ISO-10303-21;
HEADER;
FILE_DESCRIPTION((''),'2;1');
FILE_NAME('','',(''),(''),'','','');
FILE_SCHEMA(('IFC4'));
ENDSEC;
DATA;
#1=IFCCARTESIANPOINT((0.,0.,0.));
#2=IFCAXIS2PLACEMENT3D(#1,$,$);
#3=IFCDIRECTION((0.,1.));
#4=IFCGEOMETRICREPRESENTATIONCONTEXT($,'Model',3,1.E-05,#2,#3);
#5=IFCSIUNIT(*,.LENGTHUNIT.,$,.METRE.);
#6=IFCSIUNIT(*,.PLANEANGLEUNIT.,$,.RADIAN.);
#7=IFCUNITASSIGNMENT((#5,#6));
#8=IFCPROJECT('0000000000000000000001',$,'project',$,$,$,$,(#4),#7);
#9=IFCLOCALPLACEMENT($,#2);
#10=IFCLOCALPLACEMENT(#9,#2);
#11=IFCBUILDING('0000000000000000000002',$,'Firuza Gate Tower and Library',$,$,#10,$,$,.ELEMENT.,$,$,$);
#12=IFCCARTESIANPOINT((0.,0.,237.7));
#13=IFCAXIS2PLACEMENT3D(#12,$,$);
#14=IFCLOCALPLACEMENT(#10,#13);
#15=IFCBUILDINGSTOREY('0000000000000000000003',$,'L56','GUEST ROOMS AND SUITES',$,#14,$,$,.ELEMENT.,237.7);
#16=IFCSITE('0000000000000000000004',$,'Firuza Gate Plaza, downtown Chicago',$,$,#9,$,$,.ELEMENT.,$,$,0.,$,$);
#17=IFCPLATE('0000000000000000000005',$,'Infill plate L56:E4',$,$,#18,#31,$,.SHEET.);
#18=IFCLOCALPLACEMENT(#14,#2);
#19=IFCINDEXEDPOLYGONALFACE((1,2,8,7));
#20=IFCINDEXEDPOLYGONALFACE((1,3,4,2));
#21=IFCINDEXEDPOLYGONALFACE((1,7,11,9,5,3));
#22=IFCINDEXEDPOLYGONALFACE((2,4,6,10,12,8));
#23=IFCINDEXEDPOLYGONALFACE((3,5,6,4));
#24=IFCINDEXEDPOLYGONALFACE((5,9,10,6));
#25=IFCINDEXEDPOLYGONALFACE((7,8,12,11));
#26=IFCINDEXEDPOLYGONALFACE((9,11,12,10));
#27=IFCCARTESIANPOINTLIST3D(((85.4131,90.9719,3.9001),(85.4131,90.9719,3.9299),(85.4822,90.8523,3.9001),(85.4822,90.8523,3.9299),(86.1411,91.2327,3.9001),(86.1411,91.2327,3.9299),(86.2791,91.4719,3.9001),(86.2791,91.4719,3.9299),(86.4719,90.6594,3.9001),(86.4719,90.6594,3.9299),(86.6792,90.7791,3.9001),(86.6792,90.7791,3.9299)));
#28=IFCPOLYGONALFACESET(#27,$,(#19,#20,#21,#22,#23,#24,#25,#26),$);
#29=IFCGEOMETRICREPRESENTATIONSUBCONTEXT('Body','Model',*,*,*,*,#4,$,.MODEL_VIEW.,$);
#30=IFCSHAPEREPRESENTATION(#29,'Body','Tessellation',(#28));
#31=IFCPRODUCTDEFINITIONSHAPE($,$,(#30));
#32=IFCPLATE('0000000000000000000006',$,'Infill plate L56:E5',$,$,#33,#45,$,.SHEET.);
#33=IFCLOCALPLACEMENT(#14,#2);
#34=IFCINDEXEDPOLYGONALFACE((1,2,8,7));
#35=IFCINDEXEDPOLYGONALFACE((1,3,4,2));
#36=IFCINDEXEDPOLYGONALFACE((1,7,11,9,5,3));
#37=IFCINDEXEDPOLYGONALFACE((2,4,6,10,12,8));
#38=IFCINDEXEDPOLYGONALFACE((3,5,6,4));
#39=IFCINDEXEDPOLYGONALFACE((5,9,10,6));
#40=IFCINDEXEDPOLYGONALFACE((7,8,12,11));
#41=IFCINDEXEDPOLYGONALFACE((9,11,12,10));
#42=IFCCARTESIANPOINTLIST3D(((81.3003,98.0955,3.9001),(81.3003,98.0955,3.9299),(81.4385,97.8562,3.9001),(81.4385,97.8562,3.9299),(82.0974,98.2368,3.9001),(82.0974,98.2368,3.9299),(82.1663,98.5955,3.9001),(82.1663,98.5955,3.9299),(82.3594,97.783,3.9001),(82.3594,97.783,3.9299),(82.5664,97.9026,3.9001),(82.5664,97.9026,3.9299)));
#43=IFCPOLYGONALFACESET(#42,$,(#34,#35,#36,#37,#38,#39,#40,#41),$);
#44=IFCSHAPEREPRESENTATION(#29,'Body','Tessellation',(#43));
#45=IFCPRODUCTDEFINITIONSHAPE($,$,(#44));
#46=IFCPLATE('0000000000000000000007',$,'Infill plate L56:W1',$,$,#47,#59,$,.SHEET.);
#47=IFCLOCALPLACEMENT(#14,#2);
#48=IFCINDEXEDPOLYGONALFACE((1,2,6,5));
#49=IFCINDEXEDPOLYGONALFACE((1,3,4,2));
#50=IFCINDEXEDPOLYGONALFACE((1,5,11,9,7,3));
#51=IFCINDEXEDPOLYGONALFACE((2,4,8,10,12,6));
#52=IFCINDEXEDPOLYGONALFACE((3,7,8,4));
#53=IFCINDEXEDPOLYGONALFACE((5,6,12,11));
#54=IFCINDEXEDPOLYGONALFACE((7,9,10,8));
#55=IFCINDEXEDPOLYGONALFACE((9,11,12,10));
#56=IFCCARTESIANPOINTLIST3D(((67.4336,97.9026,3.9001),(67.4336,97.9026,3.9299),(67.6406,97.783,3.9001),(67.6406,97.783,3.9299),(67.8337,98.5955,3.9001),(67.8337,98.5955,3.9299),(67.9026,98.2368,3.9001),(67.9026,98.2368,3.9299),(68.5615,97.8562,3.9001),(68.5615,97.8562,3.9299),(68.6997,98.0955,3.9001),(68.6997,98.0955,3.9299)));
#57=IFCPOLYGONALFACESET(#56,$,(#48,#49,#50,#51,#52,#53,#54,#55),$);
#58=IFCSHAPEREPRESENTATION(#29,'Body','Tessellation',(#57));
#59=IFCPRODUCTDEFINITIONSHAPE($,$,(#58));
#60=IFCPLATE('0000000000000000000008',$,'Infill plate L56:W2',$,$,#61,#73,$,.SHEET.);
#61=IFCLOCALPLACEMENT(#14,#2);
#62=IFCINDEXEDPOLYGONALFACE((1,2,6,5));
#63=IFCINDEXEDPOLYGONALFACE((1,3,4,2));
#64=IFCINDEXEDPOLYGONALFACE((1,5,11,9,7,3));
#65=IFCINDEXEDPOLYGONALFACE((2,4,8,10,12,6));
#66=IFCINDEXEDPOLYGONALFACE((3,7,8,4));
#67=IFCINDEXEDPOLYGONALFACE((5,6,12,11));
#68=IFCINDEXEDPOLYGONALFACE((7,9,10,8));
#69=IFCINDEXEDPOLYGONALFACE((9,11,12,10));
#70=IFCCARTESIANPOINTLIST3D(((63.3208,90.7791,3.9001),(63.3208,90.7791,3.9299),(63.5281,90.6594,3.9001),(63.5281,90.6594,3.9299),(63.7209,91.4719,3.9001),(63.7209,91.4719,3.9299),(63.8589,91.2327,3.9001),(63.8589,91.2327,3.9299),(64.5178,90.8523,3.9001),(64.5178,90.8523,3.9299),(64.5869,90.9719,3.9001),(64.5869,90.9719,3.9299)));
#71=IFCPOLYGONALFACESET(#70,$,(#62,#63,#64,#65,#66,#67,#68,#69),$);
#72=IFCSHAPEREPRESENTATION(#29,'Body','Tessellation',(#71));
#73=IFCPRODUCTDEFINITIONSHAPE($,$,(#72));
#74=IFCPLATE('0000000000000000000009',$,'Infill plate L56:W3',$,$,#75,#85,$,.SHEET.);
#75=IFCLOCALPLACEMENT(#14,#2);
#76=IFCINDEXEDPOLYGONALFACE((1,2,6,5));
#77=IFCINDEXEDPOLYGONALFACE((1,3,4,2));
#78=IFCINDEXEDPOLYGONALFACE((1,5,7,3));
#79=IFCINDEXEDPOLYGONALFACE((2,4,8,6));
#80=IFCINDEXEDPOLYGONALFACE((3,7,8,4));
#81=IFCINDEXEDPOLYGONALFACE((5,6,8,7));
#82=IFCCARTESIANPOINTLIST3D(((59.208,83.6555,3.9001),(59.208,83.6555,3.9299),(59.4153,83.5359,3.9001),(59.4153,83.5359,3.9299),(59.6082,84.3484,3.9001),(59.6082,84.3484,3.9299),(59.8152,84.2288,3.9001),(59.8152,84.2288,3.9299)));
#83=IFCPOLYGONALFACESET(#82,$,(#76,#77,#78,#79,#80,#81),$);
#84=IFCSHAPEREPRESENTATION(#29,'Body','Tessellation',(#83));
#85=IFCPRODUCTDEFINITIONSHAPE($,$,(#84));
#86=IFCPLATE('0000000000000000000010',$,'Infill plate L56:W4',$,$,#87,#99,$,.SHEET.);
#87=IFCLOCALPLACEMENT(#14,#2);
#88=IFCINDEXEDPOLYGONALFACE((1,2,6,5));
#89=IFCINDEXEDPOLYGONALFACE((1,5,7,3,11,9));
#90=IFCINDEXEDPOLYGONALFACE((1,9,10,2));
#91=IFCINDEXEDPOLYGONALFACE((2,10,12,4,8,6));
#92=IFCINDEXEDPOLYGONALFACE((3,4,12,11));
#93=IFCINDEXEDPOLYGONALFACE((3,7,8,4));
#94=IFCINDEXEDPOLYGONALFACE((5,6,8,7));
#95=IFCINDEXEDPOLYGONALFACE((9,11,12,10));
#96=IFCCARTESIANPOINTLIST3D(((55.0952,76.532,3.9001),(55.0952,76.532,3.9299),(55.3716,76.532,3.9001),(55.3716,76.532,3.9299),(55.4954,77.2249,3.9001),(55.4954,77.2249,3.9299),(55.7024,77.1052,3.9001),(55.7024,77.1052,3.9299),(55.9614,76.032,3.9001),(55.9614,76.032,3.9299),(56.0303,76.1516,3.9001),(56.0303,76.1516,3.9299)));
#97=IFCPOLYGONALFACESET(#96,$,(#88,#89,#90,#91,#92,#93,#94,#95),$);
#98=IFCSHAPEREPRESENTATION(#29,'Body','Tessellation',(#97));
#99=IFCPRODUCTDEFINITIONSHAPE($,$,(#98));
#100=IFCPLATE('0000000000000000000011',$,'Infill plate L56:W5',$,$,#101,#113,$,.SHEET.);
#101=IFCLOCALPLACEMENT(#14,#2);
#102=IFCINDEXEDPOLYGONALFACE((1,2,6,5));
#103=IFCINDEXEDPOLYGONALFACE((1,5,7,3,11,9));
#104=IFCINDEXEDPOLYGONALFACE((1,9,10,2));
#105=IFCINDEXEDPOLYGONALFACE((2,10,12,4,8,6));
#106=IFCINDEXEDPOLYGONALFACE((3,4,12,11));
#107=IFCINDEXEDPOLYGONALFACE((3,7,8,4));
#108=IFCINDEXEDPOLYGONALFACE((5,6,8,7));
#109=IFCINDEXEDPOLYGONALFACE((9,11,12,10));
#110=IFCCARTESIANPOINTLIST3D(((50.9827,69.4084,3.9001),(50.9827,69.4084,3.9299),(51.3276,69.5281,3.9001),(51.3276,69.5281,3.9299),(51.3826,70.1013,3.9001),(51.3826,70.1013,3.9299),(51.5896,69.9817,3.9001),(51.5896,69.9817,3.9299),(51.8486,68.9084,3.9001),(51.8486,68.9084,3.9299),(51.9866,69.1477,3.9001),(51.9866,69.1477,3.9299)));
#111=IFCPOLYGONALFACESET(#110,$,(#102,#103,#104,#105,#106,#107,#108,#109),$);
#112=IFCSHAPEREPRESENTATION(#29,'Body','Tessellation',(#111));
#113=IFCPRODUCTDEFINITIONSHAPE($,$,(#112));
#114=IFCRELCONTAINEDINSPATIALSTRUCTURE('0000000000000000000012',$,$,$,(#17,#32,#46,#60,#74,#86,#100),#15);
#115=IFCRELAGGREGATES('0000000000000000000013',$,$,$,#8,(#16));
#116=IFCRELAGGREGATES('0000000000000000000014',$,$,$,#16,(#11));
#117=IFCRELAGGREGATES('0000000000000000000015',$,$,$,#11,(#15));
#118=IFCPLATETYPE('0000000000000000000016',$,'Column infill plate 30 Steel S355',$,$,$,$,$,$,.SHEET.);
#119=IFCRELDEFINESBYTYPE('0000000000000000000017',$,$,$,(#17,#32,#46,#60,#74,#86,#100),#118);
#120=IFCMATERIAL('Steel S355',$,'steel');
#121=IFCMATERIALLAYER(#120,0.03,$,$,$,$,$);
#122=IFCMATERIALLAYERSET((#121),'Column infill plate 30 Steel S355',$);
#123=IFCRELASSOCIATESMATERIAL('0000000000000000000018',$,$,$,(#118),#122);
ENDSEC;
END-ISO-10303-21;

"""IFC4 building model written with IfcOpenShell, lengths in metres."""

from ifc_helpers import new_model, si_unit, direction, frame, origin, place, context, subcontext, project, spatial, polyline, outline, extrude, material, layer, layer_set, type_object, element, save


model = new_model("IFC4")

# Units and contexts
model_context = context("Model", 3, precision=1e-05, world=origin(), true_north=direction((0.0, 1.0)))
body_context = subcontext(model_context, "Body", "Model", "MODEL_VIEW")
ifc_project = project(units=[si_unit("LENGTHUNIT", "METRE"), si_unit("PLANEANGLEUNIT", "RADIAN")], contexts=[model_context])

# Site, building, storey
site_placement = place(None, origin())
site = spatial("IfcSite", under=ifc_project, at=site_placement, Name="Firuza Gate Plaza, downtown Chicago", CompositionType="ELEMENT", RefElevation=0.0)
building_placement = place(site_placement, origin())
building = spatial("IfcBuilding", under=site, at=building_placement, Name="Firuza Gate Tower and Library", CompositionType="ELEMENT")
storey_placement = place(building_placement, frame((0.0, 0.0, 237.7)))
storey = spatial("IfcBuildingStorey", under=building, at=storey_placement, Name="L56", Description="GUEST ROOMS AND SUITES", CompositionType="ELEMENT", Elevation=237.7)

# Plates
ifc_material_1 = material(Name="Steel S355", Category="steel")
ifc_layer_1 = layer(ifc_material_1, 0.03)
ifc_layer_set_1 = layer_set([ifc_layer_1], Name="Column infill plate 30 Steel S355")
plate_type_1 = type_object("IfcPlateType", Name="Column infill plate 30 Steel S355", PredefinedType="SHEET", material=ifc_layer_set_1)
placement_1 = place(storey_placement, frame((0.0, 0.0, 3.9001)))
element("IfcPlate", 1, at=placement_1, inside=storey, type_object=plate_type_1, Name="Infill plate L56:E4", PredefinedType="SHEET", context=body_context, shape_type="SweptSolid", body=[
    extrude(outline(polyline([(85.4131, 90.9719), (85.4822, 90.8523), (86.1411, 91.2327), (86.4719, 90.6594), (86.6792, 90.7791), (86.2791, 91.4719), (85.4131, 90.9719)])), origin(), (0.0, 0.0, 1.0), 0.0298),
])
element("IfcPlate", 2, at=placement_1, inside=storey, type_object=plate_type_1, Name="Infill plate L56:E5", PredefinedType="SHEET", context=body_context, shape_type="SweptSolid", body=[
    extrude(outline(polyline([(81.3003, 98.0955), (81.4385, 97.8562), (82.0974, 98.2368), (82.3594, 97.783), (82.5664, 97.9026), (82.1663, 98.5955), (81.3003, 98.0955)])), origin(), (0.0, 0.0, 1.0), 0.0298),
])
element("IfcPlate", 3, at=placement_1, inside=storey, type_object=plate_type_1, Name="Infill plate L56:W1", PredefinedType="SHEET", context=body_context, shape_type="SweptSolid", body=[
    extrude(outline(polyline([(67.4336, 97.9026), (67.6406, 97.783), (67.9026, 98.2368), (68.5615, 97.8562), (68.6997, 98.0955), (67.8337, 98.5955), (67.4336, 97.9026)])), origin(), (0.0, 0.0, 1.0), 0.0298),
])
element("IfcPlate", 4, at=placement_1, inside=storey, type_object=plate_type_1, Name="Infill plate L56:W2", PredefinedType="SHEET", context=body_context, shape_type="SweptSolid", body=[
    extrude(outline(polyline([(63.3208, 90.7791), (63.5281, 90.6594), (63.8589, 91.2327), (64.5178, 90.8523), (64.5869, 90.9719), (63.7209, 91.4719), (63.3208, 90.7791)])), origin(), (0.0, 0.0, 1.0), 0.0298),
])
element("IfcPlate", 5, at=placement_1, inside=storey, type_object=plate_type_1, Name="Infill plate L56:W3", PredefinedType="SHEET", context=body_context, shape_type="SweptSolid", body=[
    extrude(outline(polyline([(59.208, 83.6555), (59.4153, 83.5359), (59.8152, 84.2288), (60.4741, 83.8484), (60.4741, 83.8484), (59.6082, 84.3484), (59.208, 83.6555)])), origin(), (0.0, 0.0, 1.0), 0.0298),
])
element("IfcPlate", 6, at=placement_1, inside=storey, type_object=plate_type_1, Name="Infill plate L56:W4", PredefinedType="SHEET", context=body_context, shape_type="SweptSolid", body=[
    extrude(outline(polyline([(55.9614, 76.032), (56.0303, 76.1516), (55.3716, 76.532), (55.7024, 77.1052), (55.4954, 77.2249), (55.0952, 76.532), (55.9614, 76.032)])), origin(), (0.0, 0.0, 1.0), 0.0298),
])
element("IfcPlate", 7, at=placement_1, inside=storey, type_object=plate_type_1, Name="Infill plate L56:W5", PredefinedType="SHEET", context=body_context, shape_type="SweptSolid", body=[
    extrude(outline(polyline([(51.8486, 68.9084), (51.9866, 69.1477), (51.3276, 69.5281), (51.5896, 69.9817), (51.3826, 70.1013), (50.9827, 69.4084), (51.8486, 68.9084)])), origin(), (0.0, 0.0, 1.0), 0.0298),
])

save(model, "model.ifc")
